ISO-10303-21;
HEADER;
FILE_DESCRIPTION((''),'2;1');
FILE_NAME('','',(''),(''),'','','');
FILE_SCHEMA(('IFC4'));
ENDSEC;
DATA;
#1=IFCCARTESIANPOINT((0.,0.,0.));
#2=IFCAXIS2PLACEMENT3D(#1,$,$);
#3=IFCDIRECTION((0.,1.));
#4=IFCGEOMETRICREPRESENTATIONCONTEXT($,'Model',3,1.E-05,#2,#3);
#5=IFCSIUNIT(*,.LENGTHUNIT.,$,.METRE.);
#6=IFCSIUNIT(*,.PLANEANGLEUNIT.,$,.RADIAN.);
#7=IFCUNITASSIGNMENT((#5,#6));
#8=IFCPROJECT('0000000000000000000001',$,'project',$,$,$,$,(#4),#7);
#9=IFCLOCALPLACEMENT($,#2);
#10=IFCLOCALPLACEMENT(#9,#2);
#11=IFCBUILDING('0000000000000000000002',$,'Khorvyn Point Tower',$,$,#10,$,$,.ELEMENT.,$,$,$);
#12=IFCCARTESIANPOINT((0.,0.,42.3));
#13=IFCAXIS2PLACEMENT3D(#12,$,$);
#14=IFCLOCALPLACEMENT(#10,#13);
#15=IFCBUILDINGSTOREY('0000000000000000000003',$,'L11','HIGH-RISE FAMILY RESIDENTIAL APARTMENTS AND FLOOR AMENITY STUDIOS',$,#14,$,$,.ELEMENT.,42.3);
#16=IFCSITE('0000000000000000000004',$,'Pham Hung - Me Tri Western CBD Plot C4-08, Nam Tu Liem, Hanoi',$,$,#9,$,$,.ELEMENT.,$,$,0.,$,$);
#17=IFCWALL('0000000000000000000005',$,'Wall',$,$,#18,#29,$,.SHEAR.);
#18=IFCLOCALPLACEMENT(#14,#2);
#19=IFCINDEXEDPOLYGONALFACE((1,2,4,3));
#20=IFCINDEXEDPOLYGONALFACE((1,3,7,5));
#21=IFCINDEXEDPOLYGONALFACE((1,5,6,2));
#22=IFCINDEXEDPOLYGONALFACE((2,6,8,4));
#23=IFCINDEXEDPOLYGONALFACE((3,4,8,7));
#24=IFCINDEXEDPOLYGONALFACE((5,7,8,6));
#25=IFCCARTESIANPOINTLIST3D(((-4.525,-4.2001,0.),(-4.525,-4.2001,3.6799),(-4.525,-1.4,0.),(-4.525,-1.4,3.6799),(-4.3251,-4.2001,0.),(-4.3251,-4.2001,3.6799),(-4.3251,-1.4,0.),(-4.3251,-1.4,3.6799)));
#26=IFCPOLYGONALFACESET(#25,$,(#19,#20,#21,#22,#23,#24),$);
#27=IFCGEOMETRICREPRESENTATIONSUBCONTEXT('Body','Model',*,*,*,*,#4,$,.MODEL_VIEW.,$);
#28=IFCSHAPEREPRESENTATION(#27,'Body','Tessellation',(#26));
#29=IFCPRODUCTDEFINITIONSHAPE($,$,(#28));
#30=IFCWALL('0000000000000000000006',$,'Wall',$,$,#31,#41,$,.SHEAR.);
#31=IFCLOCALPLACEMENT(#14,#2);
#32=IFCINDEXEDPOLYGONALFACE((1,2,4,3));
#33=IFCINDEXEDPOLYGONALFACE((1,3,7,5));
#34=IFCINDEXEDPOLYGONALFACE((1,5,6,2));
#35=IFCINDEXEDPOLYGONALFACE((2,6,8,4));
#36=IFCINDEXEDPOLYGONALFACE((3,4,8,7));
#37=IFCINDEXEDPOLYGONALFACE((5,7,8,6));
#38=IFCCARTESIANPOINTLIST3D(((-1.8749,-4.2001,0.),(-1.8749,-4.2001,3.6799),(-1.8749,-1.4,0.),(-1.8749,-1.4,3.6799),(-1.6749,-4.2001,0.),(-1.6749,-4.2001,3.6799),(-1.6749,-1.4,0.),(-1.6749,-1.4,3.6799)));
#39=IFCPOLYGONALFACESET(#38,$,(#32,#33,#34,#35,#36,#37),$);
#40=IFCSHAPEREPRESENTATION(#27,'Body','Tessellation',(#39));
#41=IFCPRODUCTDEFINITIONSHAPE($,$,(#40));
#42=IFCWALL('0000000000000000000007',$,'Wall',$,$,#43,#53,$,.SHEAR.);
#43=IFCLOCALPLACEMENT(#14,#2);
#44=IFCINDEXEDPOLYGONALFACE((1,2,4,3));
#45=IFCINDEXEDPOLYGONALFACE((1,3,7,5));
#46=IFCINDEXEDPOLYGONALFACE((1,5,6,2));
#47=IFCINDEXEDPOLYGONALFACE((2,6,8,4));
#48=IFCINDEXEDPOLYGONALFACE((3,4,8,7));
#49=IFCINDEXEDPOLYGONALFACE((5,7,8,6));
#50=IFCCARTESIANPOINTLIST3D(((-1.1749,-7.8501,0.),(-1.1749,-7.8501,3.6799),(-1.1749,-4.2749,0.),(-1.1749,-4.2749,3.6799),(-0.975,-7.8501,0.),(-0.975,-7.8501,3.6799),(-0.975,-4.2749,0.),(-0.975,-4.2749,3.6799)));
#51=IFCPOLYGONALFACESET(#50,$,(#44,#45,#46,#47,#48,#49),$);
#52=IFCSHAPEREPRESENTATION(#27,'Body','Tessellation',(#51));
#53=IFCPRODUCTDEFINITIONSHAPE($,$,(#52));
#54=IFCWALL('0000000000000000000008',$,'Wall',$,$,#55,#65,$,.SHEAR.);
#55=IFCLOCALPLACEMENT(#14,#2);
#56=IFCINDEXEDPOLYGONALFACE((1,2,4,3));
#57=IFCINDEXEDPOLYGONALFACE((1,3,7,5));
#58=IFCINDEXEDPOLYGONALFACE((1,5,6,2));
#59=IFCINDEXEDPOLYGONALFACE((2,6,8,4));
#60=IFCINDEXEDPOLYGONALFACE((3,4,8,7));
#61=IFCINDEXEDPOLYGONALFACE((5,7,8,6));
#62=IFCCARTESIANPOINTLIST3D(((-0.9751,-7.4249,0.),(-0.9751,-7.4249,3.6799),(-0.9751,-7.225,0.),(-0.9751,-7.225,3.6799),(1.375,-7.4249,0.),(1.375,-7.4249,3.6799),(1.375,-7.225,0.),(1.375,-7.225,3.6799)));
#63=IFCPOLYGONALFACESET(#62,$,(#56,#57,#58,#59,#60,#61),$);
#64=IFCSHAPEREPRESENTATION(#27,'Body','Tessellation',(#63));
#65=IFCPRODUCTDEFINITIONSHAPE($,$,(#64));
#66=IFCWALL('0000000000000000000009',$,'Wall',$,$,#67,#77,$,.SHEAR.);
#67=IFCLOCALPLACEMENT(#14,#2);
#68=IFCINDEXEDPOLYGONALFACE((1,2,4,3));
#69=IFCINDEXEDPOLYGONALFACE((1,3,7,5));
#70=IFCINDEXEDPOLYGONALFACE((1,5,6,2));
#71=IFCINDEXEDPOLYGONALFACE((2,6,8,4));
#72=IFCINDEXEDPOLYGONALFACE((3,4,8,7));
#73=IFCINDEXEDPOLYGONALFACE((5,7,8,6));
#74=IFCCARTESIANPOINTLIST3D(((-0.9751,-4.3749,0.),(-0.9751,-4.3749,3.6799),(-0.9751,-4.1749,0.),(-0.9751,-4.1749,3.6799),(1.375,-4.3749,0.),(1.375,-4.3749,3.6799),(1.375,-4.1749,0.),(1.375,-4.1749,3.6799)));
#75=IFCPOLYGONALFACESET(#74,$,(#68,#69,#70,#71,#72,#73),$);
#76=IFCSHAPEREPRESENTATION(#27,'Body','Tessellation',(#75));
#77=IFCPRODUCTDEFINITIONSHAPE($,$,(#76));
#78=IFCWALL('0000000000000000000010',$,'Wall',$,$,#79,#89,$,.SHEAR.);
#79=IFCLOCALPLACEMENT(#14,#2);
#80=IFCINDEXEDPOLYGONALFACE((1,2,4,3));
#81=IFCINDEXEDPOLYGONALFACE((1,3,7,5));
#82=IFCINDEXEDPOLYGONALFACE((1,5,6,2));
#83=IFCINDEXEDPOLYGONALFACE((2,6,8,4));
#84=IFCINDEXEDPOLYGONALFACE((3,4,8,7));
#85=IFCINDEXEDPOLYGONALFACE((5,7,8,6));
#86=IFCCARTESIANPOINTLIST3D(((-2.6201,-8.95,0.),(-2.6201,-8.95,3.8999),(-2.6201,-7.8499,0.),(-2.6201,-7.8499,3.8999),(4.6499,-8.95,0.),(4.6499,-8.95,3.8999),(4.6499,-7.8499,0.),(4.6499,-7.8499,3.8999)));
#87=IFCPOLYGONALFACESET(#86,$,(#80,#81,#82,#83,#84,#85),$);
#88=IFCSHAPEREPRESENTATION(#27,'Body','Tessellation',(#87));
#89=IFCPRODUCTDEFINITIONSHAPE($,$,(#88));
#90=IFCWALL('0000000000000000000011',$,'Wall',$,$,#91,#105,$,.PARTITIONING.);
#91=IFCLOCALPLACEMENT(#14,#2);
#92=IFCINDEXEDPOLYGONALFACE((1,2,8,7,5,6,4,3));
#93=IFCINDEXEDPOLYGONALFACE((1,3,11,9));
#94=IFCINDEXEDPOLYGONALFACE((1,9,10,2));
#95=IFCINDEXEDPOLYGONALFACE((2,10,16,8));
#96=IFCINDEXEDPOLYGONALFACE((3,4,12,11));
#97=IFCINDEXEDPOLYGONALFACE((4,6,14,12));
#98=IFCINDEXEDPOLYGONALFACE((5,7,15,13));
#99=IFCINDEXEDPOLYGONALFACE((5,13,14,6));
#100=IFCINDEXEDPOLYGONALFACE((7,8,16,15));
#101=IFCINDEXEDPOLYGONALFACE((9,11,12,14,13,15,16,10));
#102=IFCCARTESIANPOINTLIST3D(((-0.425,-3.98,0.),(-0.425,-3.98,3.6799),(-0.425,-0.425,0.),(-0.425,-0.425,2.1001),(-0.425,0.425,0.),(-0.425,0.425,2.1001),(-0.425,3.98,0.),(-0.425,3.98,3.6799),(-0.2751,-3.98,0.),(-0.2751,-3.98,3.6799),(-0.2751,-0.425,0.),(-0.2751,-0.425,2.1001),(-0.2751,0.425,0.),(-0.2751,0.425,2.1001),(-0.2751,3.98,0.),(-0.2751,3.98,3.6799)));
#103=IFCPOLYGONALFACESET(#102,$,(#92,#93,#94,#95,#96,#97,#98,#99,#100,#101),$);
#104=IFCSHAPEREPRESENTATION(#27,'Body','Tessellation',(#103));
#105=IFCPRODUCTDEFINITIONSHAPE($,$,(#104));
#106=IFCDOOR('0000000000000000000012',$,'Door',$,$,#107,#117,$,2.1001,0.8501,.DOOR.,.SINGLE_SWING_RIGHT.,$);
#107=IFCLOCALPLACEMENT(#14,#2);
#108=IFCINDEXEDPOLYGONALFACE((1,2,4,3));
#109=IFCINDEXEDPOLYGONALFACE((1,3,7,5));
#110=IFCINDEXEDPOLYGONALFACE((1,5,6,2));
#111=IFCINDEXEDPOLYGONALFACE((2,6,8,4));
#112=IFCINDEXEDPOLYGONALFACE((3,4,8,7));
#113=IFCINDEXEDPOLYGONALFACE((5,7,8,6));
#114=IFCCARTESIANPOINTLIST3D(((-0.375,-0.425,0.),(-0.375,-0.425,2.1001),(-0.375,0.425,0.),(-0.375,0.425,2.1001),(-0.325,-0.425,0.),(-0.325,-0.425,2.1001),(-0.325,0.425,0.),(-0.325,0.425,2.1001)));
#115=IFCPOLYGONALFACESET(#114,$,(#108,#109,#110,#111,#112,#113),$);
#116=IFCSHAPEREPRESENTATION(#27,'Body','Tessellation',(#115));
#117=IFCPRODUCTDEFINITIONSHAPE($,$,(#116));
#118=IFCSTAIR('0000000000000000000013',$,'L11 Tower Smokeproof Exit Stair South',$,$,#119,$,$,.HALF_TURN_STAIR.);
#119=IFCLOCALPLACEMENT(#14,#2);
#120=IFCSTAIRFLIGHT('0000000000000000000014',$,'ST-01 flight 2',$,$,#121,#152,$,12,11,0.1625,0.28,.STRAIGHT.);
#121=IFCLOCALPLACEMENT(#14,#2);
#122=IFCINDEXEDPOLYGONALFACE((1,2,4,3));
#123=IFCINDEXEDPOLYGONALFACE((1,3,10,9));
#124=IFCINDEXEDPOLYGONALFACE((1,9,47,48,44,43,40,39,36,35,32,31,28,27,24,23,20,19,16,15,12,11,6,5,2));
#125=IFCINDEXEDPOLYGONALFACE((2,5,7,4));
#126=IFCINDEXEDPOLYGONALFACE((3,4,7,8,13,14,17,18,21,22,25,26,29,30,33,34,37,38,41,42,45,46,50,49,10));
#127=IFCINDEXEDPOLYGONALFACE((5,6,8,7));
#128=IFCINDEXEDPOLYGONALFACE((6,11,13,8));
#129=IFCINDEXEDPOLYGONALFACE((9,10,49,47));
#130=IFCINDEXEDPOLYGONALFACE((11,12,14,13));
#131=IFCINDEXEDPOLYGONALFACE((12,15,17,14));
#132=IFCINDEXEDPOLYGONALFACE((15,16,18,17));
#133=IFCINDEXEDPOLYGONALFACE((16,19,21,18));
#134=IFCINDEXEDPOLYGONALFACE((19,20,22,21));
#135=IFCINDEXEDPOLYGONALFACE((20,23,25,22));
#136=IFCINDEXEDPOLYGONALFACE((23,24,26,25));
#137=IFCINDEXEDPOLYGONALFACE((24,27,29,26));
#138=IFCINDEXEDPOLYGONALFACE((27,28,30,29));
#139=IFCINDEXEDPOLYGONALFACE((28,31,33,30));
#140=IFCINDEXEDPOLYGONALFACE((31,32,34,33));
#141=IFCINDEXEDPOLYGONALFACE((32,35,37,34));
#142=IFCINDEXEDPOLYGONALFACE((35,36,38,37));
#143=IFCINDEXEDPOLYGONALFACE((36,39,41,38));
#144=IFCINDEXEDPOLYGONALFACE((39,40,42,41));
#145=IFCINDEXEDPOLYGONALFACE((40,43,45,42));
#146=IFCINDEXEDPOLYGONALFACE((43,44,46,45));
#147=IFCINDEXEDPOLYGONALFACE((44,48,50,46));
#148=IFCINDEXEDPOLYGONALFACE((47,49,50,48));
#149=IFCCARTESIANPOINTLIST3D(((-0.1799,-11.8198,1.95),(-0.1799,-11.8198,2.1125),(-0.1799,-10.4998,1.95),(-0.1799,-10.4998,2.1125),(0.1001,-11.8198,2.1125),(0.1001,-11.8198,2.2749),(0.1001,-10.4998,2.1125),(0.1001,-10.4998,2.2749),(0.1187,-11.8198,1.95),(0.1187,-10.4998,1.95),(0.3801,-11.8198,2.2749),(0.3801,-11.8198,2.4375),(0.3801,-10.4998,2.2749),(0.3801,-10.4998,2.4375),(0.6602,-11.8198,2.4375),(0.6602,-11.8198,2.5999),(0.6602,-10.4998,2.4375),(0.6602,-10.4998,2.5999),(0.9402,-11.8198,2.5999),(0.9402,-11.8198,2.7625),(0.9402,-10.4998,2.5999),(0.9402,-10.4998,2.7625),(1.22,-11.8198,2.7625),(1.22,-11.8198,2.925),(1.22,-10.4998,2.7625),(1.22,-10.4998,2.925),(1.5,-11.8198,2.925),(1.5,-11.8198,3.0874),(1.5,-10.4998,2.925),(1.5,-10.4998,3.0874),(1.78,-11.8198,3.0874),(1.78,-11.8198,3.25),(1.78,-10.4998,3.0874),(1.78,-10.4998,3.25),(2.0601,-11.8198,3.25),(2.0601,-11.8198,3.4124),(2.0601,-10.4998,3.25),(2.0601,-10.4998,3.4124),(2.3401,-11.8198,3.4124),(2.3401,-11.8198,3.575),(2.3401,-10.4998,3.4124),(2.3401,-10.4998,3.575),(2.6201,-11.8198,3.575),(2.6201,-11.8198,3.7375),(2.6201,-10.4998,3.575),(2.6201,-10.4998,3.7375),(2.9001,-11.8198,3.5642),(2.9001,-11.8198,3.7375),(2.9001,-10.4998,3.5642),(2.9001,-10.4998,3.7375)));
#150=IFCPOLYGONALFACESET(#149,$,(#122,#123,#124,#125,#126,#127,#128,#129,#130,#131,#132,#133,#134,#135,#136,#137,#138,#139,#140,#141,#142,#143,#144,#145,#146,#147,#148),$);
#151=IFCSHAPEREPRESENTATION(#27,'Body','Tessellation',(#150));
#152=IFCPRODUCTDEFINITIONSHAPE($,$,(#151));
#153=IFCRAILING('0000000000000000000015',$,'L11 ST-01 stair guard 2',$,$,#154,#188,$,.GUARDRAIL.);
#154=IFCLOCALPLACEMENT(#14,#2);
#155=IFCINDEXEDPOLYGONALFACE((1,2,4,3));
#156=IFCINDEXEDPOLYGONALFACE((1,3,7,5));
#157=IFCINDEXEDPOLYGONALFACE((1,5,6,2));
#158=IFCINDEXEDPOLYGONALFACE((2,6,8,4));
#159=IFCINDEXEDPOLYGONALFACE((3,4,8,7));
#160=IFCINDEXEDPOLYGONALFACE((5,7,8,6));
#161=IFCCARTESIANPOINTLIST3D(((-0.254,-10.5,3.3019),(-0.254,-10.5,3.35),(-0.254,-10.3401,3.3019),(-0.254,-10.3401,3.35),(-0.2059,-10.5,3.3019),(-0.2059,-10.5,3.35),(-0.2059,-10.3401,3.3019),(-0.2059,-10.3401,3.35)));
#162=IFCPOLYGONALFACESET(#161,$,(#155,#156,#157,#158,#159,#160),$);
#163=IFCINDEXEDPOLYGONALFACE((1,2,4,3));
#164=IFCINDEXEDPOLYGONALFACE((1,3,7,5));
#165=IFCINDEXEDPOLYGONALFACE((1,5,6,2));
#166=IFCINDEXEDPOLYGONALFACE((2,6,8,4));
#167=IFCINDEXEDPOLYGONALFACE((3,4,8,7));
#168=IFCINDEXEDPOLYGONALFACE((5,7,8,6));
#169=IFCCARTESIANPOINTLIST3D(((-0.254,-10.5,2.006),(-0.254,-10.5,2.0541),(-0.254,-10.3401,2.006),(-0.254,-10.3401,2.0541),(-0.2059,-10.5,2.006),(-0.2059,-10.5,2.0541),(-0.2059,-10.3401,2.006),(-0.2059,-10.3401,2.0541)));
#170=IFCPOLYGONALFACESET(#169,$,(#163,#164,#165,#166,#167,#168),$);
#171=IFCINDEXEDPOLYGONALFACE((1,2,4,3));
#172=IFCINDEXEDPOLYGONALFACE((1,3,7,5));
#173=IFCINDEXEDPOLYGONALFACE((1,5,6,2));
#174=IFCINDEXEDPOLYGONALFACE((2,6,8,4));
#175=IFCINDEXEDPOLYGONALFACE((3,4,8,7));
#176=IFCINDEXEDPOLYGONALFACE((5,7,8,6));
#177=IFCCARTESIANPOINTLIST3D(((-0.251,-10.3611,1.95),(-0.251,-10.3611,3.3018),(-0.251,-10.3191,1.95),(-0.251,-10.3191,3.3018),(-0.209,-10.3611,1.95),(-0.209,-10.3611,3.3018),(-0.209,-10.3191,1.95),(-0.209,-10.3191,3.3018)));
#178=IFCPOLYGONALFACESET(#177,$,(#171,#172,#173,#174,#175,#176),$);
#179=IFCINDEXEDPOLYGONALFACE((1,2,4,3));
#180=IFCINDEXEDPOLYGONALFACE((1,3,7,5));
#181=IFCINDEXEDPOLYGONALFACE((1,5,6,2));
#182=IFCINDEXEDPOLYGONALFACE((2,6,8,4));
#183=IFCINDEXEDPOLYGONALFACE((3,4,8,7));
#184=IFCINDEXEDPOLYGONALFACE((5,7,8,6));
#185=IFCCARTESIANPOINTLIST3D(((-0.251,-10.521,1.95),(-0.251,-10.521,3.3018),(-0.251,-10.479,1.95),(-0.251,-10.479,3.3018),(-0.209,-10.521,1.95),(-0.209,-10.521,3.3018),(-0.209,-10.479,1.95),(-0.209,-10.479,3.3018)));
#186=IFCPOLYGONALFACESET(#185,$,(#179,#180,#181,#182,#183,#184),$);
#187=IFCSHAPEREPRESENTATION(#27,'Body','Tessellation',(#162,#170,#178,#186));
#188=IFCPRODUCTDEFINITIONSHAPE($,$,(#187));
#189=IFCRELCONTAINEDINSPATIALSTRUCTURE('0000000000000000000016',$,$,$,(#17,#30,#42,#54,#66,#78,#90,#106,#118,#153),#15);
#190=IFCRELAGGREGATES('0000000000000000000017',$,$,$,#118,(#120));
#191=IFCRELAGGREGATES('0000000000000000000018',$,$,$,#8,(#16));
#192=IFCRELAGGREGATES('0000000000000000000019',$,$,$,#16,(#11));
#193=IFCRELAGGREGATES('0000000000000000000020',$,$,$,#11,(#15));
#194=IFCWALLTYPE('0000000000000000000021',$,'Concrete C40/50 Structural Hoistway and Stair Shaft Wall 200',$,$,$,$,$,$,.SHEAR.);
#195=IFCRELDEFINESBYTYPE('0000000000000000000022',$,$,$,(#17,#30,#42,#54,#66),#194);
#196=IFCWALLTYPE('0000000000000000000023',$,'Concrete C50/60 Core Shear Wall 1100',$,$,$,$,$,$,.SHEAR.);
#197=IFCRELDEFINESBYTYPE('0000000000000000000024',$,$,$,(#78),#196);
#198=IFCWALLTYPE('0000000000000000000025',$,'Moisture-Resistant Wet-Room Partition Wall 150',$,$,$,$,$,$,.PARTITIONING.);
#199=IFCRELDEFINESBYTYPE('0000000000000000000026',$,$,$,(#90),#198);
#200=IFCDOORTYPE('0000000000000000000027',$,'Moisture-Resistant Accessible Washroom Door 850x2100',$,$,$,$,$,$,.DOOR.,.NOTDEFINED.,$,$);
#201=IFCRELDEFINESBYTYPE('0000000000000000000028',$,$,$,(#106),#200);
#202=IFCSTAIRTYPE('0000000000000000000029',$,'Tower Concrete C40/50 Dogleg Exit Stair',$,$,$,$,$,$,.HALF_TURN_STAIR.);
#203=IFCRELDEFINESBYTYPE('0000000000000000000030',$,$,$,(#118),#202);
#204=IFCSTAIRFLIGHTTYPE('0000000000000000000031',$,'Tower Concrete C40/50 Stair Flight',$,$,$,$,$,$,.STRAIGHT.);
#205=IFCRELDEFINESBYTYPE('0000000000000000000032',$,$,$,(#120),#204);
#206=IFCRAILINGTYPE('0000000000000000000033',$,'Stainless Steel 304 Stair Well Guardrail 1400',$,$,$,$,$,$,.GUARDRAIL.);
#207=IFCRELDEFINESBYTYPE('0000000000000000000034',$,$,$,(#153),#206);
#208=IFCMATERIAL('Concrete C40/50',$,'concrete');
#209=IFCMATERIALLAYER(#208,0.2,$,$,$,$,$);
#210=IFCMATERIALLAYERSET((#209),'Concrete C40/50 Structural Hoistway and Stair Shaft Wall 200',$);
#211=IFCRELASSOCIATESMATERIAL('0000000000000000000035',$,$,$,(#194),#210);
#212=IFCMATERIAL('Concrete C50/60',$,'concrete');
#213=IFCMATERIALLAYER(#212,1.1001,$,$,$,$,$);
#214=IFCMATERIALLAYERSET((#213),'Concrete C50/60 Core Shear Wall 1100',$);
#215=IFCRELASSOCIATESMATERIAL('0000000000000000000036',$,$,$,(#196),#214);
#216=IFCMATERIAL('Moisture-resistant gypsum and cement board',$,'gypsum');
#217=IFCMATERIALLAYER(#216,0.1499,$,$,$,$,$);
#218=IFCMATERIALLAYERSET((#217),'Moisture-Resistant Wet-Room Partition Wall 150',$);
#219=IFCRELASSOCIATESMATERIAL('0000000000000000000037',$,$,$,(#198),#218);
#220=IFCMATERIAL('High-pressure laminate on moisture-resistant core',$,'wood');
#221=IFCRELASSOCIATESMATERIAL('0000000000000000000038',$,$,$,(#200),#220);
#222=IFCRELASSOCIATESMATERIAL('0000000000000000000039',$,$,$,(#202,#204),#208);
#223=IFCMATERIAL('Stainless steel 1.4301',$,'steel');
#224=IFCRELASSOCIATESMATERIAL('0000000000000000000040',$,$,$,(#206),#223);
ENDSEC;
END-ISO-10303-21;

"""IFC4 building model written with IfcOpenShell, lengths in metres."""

from ifc_helpers import new_model, si_unit, direction, frame, frame_2d, origin, origin_2d, place, context, subcontext, project, spatial, polyline, rectangle, outline, extrude, material, layer, layer_set, type_object, element, fill, aggregate, save


model = new_model("IFC4")

# Units and contexts
model_context = context("Model", 3, precision=1e-05, world=origin(), true_north=direction((0.0, 1.0)))
body_context = subcontext(model_context, "Body", "Model", "MODEL_VIEW")
ifc_project = project(units=[si_unit("LENGTHUNIT", "METRE"), si_unit("PLANEANGLEUNIT", "RADIAN")], contexts=[model_context])

# Site, building, storey
site_placement = place(None, origin())
site = spatial("IfcSite", under=ifc_project, at=site_placement, Name="Pham Hung - Me Tri Western CBD Plot C4-08, Nam Tu Liem, Hanoi", CompositionType="ELEMENT", RefElevation=0.0)
building_placement = place(site_placement, origin())
building = spatial("IfcBuilding", under=site, at=building_placement, Name="Khorvyn Point Tower", CompositionType="ELEMENT")
storey_placement = place(building_placement, frame((0.0, 0.0, 42.3)))
storey = spatial("IfcBuildingStorey", under=building, at=storey_placement, Name="L11", Description="HIGH-RISE FAMILY RESIDENTIAL APARTMENTS AND FLOOR AMENITY STUDIOS", CompositionType="ELEMENT", Elevation=42.3)

# Shared definitions
ifc_material_1 = material(Name="Concrete C40/50", Category="concrete")

# Shared definitions
ifc_material_2 = material(Name="Concrete C50/60", Category="concrete")

# Walls
ifc_layer_1 = layer(ifc_material_1, 0.2)
ifc_layer_set_1 = layer_set([ifc_layer_1], Name="Concrete C40/50 Structural Hoistway and Stair Shaft Wall 200")
wall_type_1 = type_object("IfcWallType", Name="Concrete C40/50 Structural Hoistway and Stair Shaft Wall 200", PredefinedType="SHEAR", material=ifc_layer_set_1)
for number, where, z_axis, x_axis, name in (
    (1, (-4.425, -4.2, 0.0), (0.0, 0.0, 1.0), (0.0, 1.0, 0.0), "Wall"),
    (2, (-1.7749, -4.2, 0.0), (0.0, 0.0, 1.0), (0.0, 1.0, 0.0), "Wall"),
):
    element("IfcWall", number, at=place(storey_placement, frame(where, z_axis=z_axis, x_axis=x_axis)), inside=storey, type_object=wall_type_1, Name=name, PredefinedType="SHEAR", context=body_context, shape_type="SweptSolid", body=[
        extrude(rectangle(XDim=2.8, YDim=0.2, at=frame_2d((1.3999, 0.0))), origin(), (0.0, 0.0, 1.0), 3.6799),
    ])
wall_1_placement = place(storey_placement, frame((-1.075, -7.8501, 0.0), z_axis=(0.0, 0.0, 1.0), x_axis=(0.0, 1.0, 0.0)))
element("IfcWall", 3, at=wall_1_placement, inside=storey, type_object=wall_type_1, Name="Wall", PredefinedType="SHEAR", context=body_context, shape_type="SweptSolid", body=[
    extrude(rectangle(XDim=3.5752, YDim=0.2, at=frame_2d((1.7876, 0.0))), origin(), (0.0, 0.0, 1.0), 3.6799),
])
for number, where, z_axis, x_axis, name in (
    (4, (-0.9751, -7.325, 0.0), (0.0, 0.0, 1.0), (1.0, 0.0, 0.0), "Wall"),
    (5, (-0.9751, -4.2749, 0.0), (0.0, 0.0, 1.0), (1.0, 0.0, 0.0), "Wall"),
):
    element("IfcWall", number, at=place(storey_placement, frame(where, z_axis=z_axis, x_axis=x_axis)), inside=storey, type_object=wall_type_1, Name=name, PredefinedType="SHEAR", context=body_context, shape_type="SweptSolid", body=[
        extrude(rectangle(XDim=2.3501, YDim=0.2, at=frame_2d((1.175, 0.0))), origin(), (0.0, 0.0, 1.0), 3.6799),
    ])
ifc_layer_2 = layer(ifc_material_2, 1.1001)
ifc_layer_set_2 = layer_set([ifc_layer_2], Name="Concrete C50/60 Core Shear Wall 1100")
wall_type_2 = type_object("IfcWallType", Name="Concrete C50/60 Core Shear Wall 1100", PredefinedType="SHEAR", material=ifc_layer_set_2)
wall_2_placement = place(storey_placement, frame((-2.6201, -8.3999, 0.0), z_axis=(0.0, 0.0, 1.0), x_axis=(1.0, 0.0, 0.0)))
element("IfcWall", 6, at=wall_2_placement, inside=storey, type_object=wall_type_2, Name="Wall", PredefinedType="SHEAR", context=body_context, shape_type="SweptSolid", body=[
    extrude(rectangle(XDim=7.27, YDim=1.1001, at=frame_2d((3.635, 0.0))), origin(), (0.0, 0.0, 1.0), 3.8999),
])

# Wall, opening, door
ifc_material_3 = material(Name="Moisture-resistant gypsum and cement board", Category="gypsum")
ifc_layer_3 = layer(ifc_material_3, 0.1499)
ifc_layer_set_3 = layer_set([ifc_layer_3], Name="Moisture-Resistant Wet-Room Partition Wall 150")
wall_type_3 = type_object("IfcWallType", Name="Moisture-Resistant Wet-Room Partition Wall 150", PredefinedType="PARTITIONING", material=ifc_layer_set_3)
wall_3_placement = place(storey_placement, frame((-0.3501, -3.98, 0.0), z_axis=(0.0, 0.0, 1.0), x_axis=(0.0, 1.0, 0.0)))
wall_3 = element("IfcWall", 7, at=wall_3_placement, inside=storey, type_object=wall_type_3, Name="Wall", PredefinedType="PARTITIONING", context=body_context, shape_type="SweptSolid", body=[
    extrude(rectangle(XDim=7.96, YDim=0.1499, at=frame_2d((3.98, 0.0))), origin(), (0.0, 0.0, 1.0), 3.6799),
])
opening_1_placement = place(wall_3_placement, frame((3.5549, 0.0, 0.0)))
opening_1 = element("IfcOpeningElement", 8, at=opening_1_placement, cuts=wall_3, PredefinedType="OPENING", context=body_context, shape_type="SweptSolid", body=[
    extrude(rectangle(XDim=0.8501, YDim=2.1001, at=frame_2d((0.425, 1.05))), frame((0.0, 0.085, 0.0), z_axis=(0.0, -1.0, 0.0), x_axis=(1.0, 0.0, 0.0)), (0.0, 0.0, 1.0), 0.1699),
])
ifc_material_4 = material(Name="High-pressure laminate on moisture-resistant core", Category="wood")
door_type_1 = type_object("IfcDoorType", Name="Moisture-Resistant Accessible Washroom Door 850x2100", OperationType="NOTDEFINED", PredefinedType="DOOR", material=ifc_material_4)
door_1_placement = place(opening_1_placement, origin())
door_1 = element("IfcDoor", 9, at=door_1_placement, inside=storey, type_object=door_type_1, Name="Door", OperationType="SINGLE_SWING_RIGHT", OverallHeight=2.1001, OverallWidth=0.8501, PredefinedType="DOOR", context=body_context, shape_type="SweptSolid", body=[
    extrude(rectangle(XDim=0.8501, YDim=2.1001, at=frame_2d((0.425, 1.05))), frame((0.0, 0.0249, 0.0), z_axis=(0.0, -1.0, 0.0), x_axis=(1.0, 0.0, 0.0)), (0.0, 0.0, 1.0), 0.05),
])
fill(opening_1, door_1)

# Stair, stair flight
stair_type = type_object("IfcStairType", Name="Tower Concrete C40/50 Dogleg Exit Stair", PredefinedType="HALF_TURN_STAIR", material=ifc_material_1)
stair_placement = place(storey_placement, origin())
stair = element("IfcStair", 10, at=stair_placement, inside=storey, type_object=stair_type, Name="L11 Tower Smokeproof Exit Stair South", PredefinedType="HALF_TURN_STAIR")
stair_flight_type = type_object("IfcStairFlightType", Name="Tower Concrete C40/50 Stair Flight", PredefinedType="STRAIGHT", material=ifc_material_1)
stair_flight_placement = place(storey_placement, frame((-0.1799, -11.1599, 1.95), z_axis=(0.0, 0.0, 1.0), x_axis=(1.0, 0.0, 0.0)))
stair_flight = element("IfcStairFlight", 11, at=stair_flight_placement, type_object=stair_flight_type, Name="ST-01 flight 2", NumberOfRisers=12, NumberOfTreads=11, PredefinedType="STRAIGHT", RiserHeight=0.1625, TreadLength=0.28, context=body_context, shape_type="SweptSolid", body=[
    extrude(outline(polyline([(0.0, 0.0), (0.0, 0.1626), (0.28, 0.1626), (0.28, 0.325), (0.5601, 0.325), (0.5601, 0.4875), (0.8401, 0.4875), (0.8401, 0.6499), (1.1201, 0.6499), (1.1201, 0.8125), (1.3999, 0.8125), (1.3999, 0.9751), (1.6799, 0.9751), (1.6799, 1.1375), (1.96, 1.1375), (1.96, 1.3), (2.24, 1.3), (2.24, 1.4624), (2.52, 1.4624), (2.52, 1.625), (2.8, 1.625), (2.8, 1.7876), (3.0801, 1.7876), (3.0801, 1.95), (3.0801, 1.6143), (0.2986, 0.0), (0.0, 0.0)])), frame((0.0, 0.6602, 0.0), z_axis=(0.0, -1.0, 0.0), x_axis=(1.0, 0.0, 0.0)), (0.0, 0.0, 1.0), 1.3201),
])
aggregate(stair, [stair_flight])

# Railing
ifc_material_5 = material(Name="Stainless steel 1.4301", Category="steel")
railing_type = type_object("IfcRailingType", Name="Stainless Steel 304 Stair Well Guardrail 1400", PredefinedType="GUARDRAIL", material=ifc_material_5)
railing_1_placement = place(storey_placement, frame((-0.23, -10.3401, 1.95)))
element("IfcRailing", 12, at=railing_1_placement, inside=storey, type_object=railing_type, Name="L11 ST-01 stair guard 2", PredefinedType="GUARDRAIL", context=body_context, shape_type="SweptSolid", body=[
    extrude(rectangle(XDim=0.0481, YDim=0.0481, at=origin_2d()), frame((0.0, 0.0, 1.376), z_axis=(0.0, -1.0, 0.0), x_axis=(1.0, 0.0, 0.0)), (0.0, 0.0, 1.0), 0.1599),
    extrude(rectangle(XDim=0.0481, YDim=0.0481, at=origin_2d()), frame((0.0, 0.0, 0.0801), z_axis=(0.0, -1.0, 0.0), x_axis=(1.0, 0.0, 0.0)), (0.0, 0.0, 1.0), 0.1599),
    extrude(rectangle(XDim=0.042, YDim=0.042, at=origin_2d()), origin(), (0.0, 0.0, 1.0), 1.3518),
    extrude(rectangle(XDim=0.042, YDim=0.042, at=origin_2d()), frame((0.0, -0.1599, 0.0)), (0.0, 0.0, 1.0), 1.3518),
])

save(model, "model.ifc")
